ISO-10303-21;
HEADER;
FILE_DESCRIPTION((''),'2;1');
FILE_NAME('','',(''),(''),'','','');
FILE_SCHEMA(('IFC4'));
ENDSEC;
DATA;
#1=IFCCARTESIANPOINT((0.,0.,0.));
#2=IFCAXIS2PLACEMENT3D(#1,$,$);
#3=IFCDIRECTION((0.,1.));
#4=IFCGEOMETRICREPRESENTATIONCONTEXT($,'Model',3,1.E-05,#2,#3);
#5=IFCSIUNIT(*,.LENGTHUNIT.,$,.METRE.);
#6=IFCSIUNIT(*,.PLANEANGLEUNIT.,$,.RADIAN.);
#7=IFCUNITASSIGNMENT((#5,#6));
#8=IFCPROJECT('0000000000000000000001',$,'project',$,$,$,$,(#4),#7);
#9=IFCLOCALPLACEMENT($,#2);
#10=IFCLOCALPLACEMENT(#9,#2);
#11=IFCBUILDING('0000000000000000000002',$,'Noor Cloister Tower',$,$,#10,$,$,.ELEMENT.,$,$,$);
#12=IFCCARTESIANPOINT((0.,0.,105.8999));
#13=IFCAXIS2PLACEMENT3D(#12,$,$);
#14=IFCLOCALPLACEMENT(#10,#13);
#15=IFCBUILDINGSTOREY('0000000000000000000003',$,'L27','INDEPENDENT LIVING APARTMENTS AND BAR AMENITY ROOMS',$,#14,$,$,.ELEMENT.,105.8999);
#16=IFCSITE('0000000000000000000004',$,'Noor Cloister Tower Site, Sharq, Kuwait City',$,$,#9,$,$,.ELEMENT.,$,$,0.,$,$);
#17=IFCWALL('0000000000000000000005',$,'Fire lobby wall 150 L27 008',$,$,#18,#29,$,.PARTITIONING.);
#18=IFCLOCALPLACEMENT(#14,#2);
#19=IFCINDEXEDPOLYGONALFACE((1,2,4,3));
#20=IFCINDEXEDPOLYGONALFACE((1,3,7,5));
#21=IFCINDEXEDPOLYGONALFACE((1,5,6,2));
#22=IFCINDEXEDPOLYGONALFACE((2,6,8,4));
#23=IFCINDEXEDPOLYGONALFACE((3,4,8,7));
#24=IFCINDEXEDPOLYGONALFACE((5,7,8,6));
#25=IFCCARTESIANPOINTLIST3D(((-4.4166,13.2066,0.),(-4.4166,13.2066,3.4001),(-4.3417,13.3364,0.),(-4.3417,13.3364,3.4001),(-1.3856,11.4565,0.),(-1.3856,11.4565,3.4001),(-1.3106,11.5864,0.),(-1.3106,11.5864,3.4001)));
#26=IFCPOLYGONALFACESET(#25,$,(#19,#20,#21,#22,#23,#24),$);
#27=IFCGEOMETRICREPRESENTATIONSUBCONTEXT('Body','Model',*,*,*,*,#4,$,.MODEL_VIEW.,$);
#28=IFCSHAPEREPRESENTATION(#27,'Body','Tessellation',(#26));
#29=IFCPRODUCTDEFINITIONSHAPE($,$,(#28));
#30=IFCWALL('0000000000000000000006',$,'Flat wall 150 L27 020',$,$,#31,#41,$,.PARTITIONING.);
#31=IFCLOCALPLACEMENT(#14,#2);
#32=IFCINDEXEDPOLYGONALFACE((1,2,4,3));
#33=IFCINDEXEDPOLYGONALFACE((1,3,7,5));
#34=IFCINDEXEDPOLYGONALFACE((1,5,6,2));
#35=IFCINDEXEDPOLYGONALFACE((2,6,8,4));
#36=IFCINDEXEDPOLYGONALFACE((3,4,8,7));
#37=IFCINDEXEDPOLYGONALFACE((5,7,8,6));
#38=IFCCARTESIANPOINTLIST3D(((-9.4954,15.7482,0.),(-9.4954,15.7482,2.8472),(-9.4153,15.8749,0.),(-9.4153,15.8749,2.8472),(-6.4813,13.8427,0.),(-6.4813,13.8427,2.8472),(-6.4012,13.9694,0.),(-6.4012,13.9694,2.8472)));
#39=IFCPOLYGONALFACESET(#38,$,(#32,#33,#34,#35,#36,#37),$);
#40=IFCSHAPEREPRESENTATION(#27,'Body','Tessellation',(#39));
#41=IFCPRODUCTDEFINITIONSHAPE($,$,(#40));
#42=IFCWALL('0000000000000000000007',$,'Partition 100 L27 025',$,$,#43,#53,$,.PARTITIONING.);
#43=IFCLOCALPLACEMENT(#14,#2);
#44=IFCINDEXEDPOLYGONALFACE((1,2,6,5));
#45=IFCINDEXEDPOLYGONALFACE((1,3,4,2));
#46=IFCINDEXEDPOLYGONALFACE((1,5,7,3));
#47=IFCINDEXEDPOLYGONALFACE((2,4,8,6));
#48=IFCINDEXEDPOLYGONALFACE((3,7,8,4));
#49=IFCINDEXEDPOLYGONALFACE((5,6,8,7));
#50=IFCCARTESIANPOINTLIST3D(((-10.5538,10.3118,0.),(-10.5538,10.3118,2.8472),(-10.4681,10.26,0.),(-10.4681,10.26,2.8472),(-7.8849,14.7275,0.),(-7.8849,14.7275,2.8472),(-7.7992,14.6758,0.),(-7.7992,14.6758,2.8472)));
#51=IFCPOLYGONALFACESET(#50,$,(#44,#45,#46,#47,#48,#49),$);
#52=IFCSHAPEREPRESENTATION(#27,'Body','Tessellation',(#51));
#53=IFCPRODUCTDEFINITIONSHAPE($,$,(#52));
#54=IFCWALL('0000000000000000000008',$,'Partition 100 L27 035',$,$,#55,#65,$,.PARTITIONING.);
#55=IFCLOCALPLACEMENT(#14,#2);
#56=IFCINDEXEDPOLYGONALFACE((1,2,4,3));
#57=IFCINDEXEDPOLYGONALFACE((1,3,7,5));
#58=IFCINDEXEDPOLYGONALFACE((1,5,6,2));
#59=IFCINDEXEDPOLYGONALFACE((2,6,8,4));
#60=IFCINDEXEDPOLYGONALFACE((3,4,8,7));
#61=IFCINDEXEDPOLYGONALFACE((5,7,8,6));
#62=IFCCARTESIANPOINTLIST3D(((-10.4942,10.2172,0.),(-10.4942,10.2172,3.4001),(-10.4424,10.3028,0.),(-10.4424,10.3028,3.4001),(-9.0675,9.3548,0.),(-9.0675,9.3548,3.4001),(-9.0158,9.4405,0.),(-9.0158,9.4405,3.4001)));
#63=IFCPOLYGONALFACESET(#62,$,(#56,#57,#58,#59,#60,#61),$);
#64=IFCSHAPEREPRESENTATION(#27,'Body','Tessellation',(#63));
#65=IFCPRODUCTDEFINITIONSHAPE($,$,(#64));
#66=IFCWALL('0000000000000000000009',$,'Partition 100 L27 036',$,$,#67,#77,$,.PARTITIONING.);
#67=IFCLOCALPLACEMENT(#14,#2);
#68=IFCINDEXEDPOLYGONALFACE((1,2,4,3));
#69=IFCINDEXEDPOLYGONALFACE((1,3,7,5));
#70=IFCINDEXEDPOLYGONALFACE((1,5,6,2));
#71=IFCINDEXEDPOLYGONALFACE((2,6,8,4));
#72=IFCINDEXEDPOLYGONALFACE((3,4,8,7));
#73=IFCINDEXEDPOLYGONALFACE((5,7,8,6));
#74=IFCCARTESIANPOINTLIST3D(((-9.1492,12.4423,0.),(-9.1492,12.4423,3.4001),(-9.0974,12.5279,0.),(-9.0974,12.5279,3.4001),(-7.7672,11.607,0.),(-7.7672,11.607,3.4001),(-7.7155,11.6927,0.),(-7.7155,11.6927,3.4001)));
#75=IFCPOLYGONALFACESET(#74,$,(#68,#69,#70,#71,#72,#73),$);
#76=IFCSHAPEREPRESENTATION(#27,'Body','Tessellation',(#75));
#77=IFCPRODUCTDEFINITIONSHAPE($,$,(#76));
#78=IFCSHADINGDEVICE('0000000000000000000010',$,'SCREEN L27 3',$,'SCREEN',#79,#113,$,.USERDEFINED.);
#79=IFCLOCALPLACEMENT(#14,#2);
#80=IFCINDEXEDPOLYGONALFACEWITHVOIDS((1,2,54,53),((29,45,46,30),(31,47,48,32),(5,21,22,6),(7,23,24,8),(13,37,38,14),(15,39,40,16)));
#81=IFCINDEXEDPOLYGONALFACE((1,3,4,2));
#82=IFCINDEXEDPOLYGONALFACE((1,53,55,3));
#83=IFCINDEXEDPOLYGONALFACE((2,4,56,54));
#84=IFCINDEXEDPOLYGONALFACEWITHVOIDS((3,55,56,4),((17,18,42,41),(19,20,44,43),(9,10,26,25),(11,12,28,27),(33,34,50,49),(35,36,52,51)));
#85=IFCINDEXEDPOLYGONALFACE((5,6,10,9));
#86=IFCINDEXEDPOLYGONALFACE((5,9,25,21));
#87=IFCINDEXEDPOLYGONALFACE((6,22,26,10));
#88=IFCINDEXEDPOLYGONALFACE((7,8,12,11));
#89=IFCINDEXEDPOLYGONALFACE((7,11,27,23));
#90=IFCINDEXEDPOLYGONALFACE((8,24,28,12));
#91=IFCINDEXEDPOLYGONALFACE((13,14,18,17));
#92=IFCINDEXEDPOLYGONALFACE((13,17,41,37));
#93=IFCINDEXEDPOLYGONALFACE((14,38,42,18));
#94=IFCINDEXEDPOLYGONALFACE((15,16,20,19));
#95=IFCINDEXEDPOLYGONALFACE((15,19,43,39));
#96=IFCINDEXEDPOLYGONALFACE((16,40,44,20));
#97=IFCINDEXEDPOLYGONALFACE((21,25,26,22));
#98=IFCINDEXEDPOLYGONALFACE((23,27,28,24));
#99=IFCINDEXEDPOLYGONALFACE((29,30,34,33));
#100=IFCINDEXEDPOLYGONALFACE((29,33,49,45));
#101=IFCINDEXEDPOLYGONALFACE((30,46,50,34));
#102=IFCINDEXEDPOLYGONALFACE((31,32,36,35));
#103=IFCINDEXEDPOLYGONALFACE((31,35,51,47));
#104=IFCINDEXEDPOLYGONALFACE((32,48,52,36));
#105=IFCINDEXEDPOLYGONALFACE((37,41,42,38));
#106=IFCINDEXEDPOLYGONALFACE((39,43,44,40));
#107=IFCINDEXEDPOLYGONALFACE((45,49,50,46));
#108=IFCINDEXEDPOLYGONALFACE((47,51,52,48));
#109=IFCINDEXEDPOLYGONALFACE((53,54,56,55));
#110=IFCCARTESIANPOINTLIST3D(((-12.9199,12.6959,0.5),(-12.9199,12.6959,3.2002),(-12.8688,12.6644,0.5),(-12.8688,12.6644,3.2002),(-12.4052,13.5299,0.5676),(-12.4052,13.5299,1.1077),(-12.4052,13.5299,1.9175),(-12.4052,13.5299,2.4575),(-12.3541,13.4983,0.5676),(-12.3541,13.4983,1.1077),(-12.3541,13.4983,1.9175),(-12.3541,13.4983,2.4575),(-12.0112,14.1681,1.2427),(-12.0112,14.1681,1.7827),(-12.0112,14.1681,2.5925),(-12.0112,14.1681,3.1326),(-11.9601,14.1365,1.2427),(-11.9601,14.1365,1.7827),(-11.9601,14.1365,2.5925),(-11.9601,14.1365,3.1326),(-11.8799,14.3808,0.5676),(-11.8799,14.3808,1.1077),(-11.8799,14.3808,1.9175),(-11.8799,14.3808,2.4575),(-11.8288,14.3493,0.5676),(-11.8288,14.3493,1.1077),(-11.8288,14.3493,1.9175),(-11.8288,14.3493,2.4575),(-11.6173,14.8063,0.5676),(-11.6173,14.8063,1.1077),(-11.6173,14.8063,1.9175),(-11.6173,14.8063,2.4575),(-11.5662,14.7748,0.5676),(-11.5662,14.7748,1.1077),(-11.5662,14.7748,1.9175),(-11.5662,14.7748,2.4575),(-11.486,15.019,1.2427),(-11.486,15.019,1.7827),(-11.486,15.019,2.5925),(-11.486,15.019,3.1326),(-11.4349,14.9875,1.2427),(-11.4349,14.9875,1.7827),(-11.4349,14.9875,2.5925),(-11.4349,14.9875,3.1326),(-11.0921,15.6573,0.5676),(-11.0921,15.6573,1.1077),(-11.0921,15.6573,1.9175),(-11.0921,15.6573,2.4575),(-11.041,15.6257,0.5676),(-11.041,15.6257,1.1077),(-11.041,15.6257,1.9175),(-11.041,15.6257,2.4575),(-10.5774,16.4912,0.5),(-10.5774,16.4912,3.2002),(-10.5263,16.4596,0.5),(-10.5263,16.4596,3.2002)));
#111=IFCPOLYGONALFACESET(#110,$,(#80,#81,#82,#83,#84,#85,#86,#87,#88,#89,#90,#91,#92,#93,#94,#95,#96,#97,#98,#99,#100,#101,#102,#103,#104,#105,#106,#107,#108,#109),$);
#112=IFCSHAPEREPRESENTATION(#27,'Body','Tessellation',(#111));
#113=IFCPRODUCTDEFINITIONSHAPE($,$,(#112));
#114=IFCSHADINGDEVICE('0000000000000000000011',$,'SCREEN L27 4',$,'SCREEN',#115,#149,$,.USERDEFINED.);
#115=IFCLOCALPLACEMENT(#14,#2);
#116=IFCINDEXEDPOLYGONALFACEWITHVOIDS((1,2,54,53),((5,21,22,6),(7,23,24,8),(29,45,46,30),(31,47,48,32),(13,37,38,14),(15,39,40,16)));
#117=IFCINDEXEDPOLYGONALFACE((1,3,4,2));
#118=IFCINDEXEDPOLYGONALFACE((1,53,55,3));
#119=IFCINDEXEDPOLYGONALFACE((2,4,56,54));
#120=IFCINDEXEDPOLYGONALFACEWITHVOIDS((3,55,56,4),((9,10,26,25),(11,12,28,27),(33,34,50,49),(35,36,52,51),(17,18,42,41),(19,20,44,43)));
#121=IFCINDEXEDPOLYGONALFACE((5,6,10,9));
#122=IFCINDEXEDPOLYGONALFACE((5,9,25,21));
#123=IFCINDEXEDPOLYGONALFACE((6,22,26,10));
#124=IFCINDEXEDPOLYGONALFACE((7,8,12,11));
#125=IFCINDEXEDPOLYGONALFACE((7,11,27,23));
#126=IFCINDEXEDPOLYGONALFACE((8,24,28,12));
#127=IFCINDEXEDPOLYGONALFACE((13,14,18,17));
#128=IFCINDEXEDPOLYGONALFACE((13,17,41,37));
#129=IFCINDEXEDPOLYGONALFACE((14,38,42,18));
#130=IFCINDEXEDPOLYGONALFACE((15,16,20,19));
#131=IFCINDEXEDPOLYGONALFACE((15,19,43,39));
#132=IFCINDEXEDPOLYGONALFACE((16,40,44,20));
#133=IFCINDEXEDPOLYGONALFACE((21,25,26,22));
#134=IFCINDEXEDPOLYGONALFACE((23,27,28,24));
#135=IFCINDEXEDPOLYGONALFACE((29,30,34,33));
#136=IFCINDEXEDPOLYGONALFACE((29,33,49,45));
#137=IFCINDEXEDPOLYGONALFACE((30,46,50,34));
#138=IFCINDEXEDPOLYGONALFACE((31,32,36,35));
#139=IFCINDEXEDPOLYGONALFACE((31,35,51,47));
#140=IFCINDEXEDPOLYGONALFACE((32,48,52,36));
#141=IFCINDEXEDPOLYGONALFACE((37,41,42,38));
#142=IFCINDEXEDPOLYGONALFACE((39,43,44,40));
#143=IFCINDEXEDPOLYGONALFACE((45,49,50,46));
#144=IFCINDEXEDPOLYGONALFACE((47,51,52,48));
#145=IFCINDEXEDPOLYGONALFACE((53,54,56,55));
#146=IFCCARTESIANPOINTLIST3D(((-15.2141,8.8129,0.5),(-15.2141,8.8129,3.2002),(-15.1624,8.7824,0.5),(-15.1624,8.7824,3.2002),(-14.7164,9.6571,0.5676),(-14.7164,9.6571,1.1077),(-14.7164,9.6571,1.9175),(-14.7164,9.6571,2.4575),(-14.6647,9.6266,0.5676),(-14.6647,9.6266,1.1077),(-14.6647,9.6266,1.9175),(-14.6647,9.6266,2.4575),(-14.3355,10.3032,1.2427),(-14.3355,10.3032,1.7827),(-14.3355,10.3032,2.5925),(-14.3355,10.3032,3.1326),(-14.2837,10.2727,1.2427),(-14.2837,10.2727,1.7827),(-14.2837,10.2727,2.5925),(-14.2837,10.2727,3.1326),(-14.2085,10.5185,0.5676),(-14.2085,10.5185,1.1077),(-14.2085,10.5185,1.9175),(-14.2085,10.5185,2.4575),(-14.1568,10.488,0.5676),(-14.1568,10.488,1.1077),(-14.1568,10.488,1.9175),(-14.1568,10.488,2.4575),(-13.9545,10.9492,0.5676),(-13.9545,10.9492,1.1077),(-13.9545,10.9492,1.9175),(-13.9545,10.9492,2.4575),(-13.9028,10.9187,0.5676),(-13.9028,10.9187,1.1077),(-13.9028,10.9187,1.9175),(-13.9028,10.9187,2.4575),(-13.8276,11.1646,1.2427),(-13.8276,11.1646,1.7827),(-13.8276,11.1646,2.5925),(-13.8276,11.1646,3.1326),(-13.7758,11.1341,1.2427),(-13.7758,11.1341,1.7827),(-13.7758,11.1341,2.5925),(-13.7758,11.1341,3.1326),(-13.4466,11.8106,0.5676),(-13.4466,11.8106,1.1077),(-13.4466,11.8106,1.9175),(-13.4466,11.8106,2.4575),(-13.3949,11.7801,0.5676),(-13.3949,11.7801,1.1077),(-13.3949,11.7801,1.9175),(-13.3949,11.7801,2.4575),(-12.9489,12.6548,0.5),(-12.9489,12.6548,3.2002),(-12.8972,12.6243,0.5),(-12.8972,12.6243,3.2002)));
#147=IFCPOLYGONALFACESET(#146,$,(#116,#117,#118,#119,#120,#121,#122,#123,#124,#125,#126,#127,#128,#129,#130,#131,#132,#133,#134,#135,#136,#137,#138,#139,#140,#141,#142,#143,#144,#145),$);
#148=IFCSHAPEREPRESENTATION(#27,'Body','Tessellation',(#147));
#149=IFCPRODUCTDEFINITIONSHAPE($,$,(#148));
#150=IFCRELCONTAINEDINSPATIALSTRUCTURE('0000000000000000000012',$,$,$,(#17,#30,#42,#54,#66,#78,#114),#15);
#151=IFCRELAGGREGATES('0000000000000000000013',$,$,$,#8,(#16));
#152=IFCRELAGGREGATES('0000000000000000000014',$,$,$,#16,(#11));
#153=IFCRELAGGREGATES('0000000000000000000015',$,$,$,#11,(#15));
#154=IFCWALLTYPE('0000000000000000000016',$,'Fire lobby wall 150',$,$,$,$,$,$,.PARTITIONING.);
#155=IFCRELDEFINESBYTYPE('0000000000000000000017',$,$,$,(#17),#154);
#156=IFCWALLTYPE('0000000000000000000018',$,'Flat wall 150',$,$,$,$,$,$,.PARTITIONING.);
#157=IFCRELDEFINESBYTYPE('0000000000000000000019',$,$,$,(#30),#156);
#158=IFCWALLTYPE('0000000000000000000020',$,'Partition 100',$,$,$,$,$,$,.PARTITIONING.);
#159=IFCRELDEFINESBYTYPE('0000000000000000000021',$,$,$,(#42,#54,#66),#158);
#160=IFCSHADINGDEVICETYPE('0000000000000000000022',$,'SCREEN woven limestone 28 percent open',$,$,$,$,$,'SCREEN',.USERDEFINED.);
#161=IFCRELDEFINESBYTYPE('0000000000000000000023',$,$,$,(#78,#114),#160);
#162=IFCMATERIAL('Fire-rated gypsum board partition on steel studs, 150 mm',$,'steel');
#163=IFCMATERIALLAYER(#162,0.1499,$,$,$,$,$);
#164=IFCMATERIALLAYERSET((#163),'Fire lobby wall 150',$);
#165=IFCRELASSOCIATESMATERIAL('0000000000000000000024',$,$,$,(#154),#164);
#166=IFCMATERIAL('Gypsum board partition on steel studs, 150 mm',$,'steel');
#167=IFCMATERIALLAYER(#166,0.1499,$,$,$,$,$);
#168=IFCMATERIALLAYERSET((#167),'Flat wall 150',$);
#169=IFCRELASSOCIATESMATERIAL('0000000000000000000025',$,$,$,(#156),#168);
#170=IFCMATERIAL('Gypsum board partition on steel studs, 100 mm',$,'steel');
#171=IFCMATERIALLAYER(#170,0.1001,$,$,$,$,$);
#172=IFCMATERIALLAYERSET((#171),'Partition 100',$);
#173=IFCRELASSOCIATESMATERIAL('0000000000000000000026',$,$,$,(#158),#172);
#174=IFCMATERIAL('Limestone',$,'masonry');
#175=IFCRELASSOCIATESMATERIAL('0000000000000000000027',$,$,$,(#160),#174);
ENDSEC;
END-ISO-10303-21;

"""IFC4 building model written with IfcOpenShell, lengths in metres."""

from ifc_helpers import new_model, si_unit, direction, frame, frame_2d, origin, place, context, subcontext, project, spatial, polyline, rectangle, outline, extrude, material, layer, layer_set, material_profile, profile_set, type_object, element, save


model = new_model("IFC4")

# Units and contexts
model_context = context("Model", 3, precision=1e-05, world=origin(), true_north=direction((0.0, 1.0)))
body_context = subcontext(model_context, "Body", "Model", "MODEL_VIEW")
ifc_project = project(units=[si_unit("LENGTHUNIT", "METRE"), si_unit("PLANEANGLEUNIT", "RADIAN")], contexts=[model_context])

# Site, building, storey
site_placement = place(None, origin())
site = spatial("IfcSite", under=ifc_project, at=site_placement, Name="Noor Cloister Tower Site, Sharq, Kuwait City", CompositionType="ELEMENT", RefElevation=0.0)
building_placement = place(site_placement, origin())
building = spatial("IfcBuilding", under=site, at=building_placement, Name="Noor Cloister Tower", CompositionType="ELEMENT")
storey_placement = place(building_placement, frame((0.0, 0.0, 105.8999)))
storey = spatial("IfcBuildingStorey", under=building, at=storey_placement, Name="L27", Description="INDEPENDENT LIVING APARTMENTS AND BAR AMENITY ROOMS", CompositionType="ELEMENT", Elevation=105.8999)

# Shared definitions
ifc_material_1 = material(Name="Fire-rated gypsum board partition on steel studs, 150 mm", Category="steel")
ifc_layer_1 = layer(ifc_material_1, 0.1499)
ifc_layer_set_1 = layer_set([ifc_layer_1], Name="Fire lobby wall 150")
wall_type_1 = type_object("IfcWallType", Name="Fire lobby wall 150", PredefinedType="PARTITIONING", material=ifc_layer_set_1)

# Walls
wall_1_placement = place(storey_placement, frame((-4.3792, 13.2715, 0.0), z_axis=(0.0, 0.0, 1.0), x_axis=(0.866019, -0.50001, 0.0)))
element("IfcWall", 1, at=wall_1_placement, inside=storey, type_object=wall_type_1, Name="Fire lobby wall 150 L27 008", PredefinedType="PARTITIONING", context=body_context, shape_type="SweptSolid", body=[
    extrude(rectangle(XDim=3.5, YDim=0.1499, at=frame_2d((1.75, 0.0))), origin(), (0.0, 0.0, 1.0), 3.4001),
])
ifc_material_2 = material(Name="Gypsum board partition on steel studs, 150 mm", Category="steel")
ifc_layer_2 = layer(ifc_material_2, 0.1499)
ifc_layer_set_2 = layer_set([ifc_layer_2], Name="Flat wall 150")
wall_type_2 = type_object("IfcWallType", Name="Flat wall 150", PredefinedType="PARTITIONING", material=ifc_layer_set_2)
wall_2_placement = place(storey_placement, frame((-9.4553, 15.8115, 0.0), z_axis=(0.0, 0.0, 1.0), x_axis=(0.845256, -0.534361, 0.0)))
element("IfcWall", 2, at=wall_2_placement, inside=storey, type_object=wall_type_2, Name="Flat wall 150 L27 020", PredefinedType="PARTITIONING", context=body_context, shape_type="SweptSolid", body=[
    extrude(rectangle(XDim=3.5659, YDim=0.1499, at=frame_2d((1.783, 0.0))), origin(), (0.0, 0.0, 1.0), 2.8472),
])
ifc_material_3 = material(Name="Gypsum board partition on steel studs, 100 mm", Category="steel")
ifc_layer_3 = layer(ifc_material_3, 0.1001)
ifc_layer_set_3 = layer_set([ifc_layer_3], Name="Partition 100")
wall_type_3 = type_object("IfcWallType", Name="Partition 100", PredefinedType="PARTITIONING", material=ifc_layer_set_3)
wall_3_placement = place(storey_placement, frame((-7.842, 14.7017, 0.0), z_axis=(0.0, 0.0, 1.0), x_axis=(-0.517269, -0.855823, 0.0)))
element("IfcWall", 3, at=wall_3_placement, inside=storey, type_object=wall_type_3, Name="Partition 100 L27 025", PredefinedType="PARTITIONING", context=body_context, shape_type="SweptSolid", body=[
    extrude(rectangle(XDim=5.1597, YDim=0.1001, at=frame_2d((2.5798, 0.0))), origin(), (0.0, 0.0, 1.0), 2.8472),
])
wall_4_placement = place(storey_placement, frame((-10.4683, 10.26, 0.0), z_axis=(0.0, 0.0, 1.0), x_axis=(0.855795, -0.517315, 0.0)))
element("IfcWall", 4, at=wall_4_placement, inside=storey, type_object=wall_type_3, Name="Partition 100 L27 035", PredefinedType="PARTITIONING", context=body_context, shape_type="SweptSolid", body=[
    extrude(rectangle(XDim=1.667, YDim=0.1001, at=frame_2d((0.8335, 0.0))), origin(), (0.0, 0.0, 1.0), 3.4001),
])
wall_5_placement = place(storey_placement, frame((-9.1233, 12.4851, 0.0), z_axis=(0.0, 0.0, 1.0), x_axis=(0.855821, -0.517273, 0.0)))
element("IfcWall", 5, at=wall_5_placement, inside=storey, type_object=wall_type_3, Name="Partition 100 L27 036", PredefinedType="PARTITIONING", context=body_context, shape_type="SweptSolid", body=[
    extrude(rectangle(XDim=1.6147, YDim=0.1001, at=frame_2d((0.8074, 0.0))), origin(), (0.0, 0.0, 1.0), 3.4001),
])

# Shading devices
ifc_material_4 = material(Name="Limestone", Category="masonry")
ifc_material_profile_1 = material_profile(ifc_material_4, outline(polyline([(-2.23, -1.3501), (2.23, -1.3501), (2.23, 1.3501), (-2.23, 1.3501), (-2.23, -1.3501)]), holes=[polyline([(-1.25, -1.2825), (-0.25, -1.2825), (-0.25, -0.7424), (-1.25, -0.7424), (-1.25, -1.2825)]), polyline([(0.25, -1.2825), (1.25, -1.2825), (1.25, -0.7424), (0.25, -0.7424), (0.25, -1.2825)]), polyline([(-0.5, -0.6074), (0.5, -0.6074), (0.5, -0.0674), (-0.5, -0.0674), (-0.5, -0.6074)]), polyline([(-1.25, 0.0674), (-0.25, 0.0674), (-0.25, 0.6074), (-1.25, 0.6074), (-1.25, 0.0674)]), polyline([(0.25, 0.0674), (1.25, 0.0674), (1.25, 0.6074), (0.25, 0.6074), (0.25, 0.0674)]), polyline([(-0.5, 0.7424), (0.5, 0.7424), (0.5, 1.2825), (-0.5, 1.2825), (-0.5, 0.7424)])]), Name="Woven screen 28 percent open")
ifc_profile_set_1 = profile_set([ifc_material_profile_1], Name="Limestone")
shading_device_type = type_object("IfcShadingDeviceType", Name="SCREEN woven limestone 28 percent open", ElementType="SCREEN", PredefinedType="USERDEFINED", material=ifc_profile_set_1)
for number, where, z_axis, x_axis, name in (
    (6, (-11.6975, 14.562, 1.8501), (-0.850959, 0.525233, 0.0), (-0.525233, -0.850959, 0.0), "SCREEN L27 3"),
    (7, (-14.0298, 10.7034, 1.8501), (-0.861411, 0.507908, 0.0), (-0.507908, -0.861411, 0.0), "SCREEN L27 4"),
):
    element("IfcShadingDevice", number, at=place(storey_placement, frame(where, z_axis=z_axis, x_axis=x_axis)), inside=storey, type_object=shading_device_type, Name=name, ObjectType="SCREEN", PredefinedType="USERDEFINED", context=body_context, shape_type="SweptSolid", body=[
        extrude(outline(polyline([(-2.23, -1.3501), (2.23, -1.3501), (2.23, 1.3501), (-2.23, 1.3501), (-2.23, -1.3501)]), holes=[polyline([(-1.25, -1.2825), (-0.25, -1.2825), (-0.25, -0.7424), (-1.25, -0.7424), (-1.25, -1.2825)]), polyline([(0.25, -1.2825), (1.25, -1.2825), (1.25, -0.7424), (0.25, -0.7424), (0.25, -1.2825)]), polyline([(-0.5, -0.6074), (0.5, -0.6074), (0.5, -0.0674), (-0.5, -0.0674), (-0.5, -0.6074)]), polyline([(-1.25, 0.0674), (-0.25, 0.0674), (-0.25, 0.6074), (-1.25, 0.6074), (-1.25, 0.0674)]), polyline([(0.25, 0.0674), (1.25, 0.0674), (1.25, 0.6074), (0.25, 0.6074), (0.25, 0.0674)]), polyline([(-0.5, 0.7424), (0.5, 0.7424), (0.5, 1.2825), (-0.5, 1.2825), (-0.5, 0.7424)])]), origin(), (0.0, 0.0, 1.0), 0.0601),
    ])

save(model, "model.ifc")
